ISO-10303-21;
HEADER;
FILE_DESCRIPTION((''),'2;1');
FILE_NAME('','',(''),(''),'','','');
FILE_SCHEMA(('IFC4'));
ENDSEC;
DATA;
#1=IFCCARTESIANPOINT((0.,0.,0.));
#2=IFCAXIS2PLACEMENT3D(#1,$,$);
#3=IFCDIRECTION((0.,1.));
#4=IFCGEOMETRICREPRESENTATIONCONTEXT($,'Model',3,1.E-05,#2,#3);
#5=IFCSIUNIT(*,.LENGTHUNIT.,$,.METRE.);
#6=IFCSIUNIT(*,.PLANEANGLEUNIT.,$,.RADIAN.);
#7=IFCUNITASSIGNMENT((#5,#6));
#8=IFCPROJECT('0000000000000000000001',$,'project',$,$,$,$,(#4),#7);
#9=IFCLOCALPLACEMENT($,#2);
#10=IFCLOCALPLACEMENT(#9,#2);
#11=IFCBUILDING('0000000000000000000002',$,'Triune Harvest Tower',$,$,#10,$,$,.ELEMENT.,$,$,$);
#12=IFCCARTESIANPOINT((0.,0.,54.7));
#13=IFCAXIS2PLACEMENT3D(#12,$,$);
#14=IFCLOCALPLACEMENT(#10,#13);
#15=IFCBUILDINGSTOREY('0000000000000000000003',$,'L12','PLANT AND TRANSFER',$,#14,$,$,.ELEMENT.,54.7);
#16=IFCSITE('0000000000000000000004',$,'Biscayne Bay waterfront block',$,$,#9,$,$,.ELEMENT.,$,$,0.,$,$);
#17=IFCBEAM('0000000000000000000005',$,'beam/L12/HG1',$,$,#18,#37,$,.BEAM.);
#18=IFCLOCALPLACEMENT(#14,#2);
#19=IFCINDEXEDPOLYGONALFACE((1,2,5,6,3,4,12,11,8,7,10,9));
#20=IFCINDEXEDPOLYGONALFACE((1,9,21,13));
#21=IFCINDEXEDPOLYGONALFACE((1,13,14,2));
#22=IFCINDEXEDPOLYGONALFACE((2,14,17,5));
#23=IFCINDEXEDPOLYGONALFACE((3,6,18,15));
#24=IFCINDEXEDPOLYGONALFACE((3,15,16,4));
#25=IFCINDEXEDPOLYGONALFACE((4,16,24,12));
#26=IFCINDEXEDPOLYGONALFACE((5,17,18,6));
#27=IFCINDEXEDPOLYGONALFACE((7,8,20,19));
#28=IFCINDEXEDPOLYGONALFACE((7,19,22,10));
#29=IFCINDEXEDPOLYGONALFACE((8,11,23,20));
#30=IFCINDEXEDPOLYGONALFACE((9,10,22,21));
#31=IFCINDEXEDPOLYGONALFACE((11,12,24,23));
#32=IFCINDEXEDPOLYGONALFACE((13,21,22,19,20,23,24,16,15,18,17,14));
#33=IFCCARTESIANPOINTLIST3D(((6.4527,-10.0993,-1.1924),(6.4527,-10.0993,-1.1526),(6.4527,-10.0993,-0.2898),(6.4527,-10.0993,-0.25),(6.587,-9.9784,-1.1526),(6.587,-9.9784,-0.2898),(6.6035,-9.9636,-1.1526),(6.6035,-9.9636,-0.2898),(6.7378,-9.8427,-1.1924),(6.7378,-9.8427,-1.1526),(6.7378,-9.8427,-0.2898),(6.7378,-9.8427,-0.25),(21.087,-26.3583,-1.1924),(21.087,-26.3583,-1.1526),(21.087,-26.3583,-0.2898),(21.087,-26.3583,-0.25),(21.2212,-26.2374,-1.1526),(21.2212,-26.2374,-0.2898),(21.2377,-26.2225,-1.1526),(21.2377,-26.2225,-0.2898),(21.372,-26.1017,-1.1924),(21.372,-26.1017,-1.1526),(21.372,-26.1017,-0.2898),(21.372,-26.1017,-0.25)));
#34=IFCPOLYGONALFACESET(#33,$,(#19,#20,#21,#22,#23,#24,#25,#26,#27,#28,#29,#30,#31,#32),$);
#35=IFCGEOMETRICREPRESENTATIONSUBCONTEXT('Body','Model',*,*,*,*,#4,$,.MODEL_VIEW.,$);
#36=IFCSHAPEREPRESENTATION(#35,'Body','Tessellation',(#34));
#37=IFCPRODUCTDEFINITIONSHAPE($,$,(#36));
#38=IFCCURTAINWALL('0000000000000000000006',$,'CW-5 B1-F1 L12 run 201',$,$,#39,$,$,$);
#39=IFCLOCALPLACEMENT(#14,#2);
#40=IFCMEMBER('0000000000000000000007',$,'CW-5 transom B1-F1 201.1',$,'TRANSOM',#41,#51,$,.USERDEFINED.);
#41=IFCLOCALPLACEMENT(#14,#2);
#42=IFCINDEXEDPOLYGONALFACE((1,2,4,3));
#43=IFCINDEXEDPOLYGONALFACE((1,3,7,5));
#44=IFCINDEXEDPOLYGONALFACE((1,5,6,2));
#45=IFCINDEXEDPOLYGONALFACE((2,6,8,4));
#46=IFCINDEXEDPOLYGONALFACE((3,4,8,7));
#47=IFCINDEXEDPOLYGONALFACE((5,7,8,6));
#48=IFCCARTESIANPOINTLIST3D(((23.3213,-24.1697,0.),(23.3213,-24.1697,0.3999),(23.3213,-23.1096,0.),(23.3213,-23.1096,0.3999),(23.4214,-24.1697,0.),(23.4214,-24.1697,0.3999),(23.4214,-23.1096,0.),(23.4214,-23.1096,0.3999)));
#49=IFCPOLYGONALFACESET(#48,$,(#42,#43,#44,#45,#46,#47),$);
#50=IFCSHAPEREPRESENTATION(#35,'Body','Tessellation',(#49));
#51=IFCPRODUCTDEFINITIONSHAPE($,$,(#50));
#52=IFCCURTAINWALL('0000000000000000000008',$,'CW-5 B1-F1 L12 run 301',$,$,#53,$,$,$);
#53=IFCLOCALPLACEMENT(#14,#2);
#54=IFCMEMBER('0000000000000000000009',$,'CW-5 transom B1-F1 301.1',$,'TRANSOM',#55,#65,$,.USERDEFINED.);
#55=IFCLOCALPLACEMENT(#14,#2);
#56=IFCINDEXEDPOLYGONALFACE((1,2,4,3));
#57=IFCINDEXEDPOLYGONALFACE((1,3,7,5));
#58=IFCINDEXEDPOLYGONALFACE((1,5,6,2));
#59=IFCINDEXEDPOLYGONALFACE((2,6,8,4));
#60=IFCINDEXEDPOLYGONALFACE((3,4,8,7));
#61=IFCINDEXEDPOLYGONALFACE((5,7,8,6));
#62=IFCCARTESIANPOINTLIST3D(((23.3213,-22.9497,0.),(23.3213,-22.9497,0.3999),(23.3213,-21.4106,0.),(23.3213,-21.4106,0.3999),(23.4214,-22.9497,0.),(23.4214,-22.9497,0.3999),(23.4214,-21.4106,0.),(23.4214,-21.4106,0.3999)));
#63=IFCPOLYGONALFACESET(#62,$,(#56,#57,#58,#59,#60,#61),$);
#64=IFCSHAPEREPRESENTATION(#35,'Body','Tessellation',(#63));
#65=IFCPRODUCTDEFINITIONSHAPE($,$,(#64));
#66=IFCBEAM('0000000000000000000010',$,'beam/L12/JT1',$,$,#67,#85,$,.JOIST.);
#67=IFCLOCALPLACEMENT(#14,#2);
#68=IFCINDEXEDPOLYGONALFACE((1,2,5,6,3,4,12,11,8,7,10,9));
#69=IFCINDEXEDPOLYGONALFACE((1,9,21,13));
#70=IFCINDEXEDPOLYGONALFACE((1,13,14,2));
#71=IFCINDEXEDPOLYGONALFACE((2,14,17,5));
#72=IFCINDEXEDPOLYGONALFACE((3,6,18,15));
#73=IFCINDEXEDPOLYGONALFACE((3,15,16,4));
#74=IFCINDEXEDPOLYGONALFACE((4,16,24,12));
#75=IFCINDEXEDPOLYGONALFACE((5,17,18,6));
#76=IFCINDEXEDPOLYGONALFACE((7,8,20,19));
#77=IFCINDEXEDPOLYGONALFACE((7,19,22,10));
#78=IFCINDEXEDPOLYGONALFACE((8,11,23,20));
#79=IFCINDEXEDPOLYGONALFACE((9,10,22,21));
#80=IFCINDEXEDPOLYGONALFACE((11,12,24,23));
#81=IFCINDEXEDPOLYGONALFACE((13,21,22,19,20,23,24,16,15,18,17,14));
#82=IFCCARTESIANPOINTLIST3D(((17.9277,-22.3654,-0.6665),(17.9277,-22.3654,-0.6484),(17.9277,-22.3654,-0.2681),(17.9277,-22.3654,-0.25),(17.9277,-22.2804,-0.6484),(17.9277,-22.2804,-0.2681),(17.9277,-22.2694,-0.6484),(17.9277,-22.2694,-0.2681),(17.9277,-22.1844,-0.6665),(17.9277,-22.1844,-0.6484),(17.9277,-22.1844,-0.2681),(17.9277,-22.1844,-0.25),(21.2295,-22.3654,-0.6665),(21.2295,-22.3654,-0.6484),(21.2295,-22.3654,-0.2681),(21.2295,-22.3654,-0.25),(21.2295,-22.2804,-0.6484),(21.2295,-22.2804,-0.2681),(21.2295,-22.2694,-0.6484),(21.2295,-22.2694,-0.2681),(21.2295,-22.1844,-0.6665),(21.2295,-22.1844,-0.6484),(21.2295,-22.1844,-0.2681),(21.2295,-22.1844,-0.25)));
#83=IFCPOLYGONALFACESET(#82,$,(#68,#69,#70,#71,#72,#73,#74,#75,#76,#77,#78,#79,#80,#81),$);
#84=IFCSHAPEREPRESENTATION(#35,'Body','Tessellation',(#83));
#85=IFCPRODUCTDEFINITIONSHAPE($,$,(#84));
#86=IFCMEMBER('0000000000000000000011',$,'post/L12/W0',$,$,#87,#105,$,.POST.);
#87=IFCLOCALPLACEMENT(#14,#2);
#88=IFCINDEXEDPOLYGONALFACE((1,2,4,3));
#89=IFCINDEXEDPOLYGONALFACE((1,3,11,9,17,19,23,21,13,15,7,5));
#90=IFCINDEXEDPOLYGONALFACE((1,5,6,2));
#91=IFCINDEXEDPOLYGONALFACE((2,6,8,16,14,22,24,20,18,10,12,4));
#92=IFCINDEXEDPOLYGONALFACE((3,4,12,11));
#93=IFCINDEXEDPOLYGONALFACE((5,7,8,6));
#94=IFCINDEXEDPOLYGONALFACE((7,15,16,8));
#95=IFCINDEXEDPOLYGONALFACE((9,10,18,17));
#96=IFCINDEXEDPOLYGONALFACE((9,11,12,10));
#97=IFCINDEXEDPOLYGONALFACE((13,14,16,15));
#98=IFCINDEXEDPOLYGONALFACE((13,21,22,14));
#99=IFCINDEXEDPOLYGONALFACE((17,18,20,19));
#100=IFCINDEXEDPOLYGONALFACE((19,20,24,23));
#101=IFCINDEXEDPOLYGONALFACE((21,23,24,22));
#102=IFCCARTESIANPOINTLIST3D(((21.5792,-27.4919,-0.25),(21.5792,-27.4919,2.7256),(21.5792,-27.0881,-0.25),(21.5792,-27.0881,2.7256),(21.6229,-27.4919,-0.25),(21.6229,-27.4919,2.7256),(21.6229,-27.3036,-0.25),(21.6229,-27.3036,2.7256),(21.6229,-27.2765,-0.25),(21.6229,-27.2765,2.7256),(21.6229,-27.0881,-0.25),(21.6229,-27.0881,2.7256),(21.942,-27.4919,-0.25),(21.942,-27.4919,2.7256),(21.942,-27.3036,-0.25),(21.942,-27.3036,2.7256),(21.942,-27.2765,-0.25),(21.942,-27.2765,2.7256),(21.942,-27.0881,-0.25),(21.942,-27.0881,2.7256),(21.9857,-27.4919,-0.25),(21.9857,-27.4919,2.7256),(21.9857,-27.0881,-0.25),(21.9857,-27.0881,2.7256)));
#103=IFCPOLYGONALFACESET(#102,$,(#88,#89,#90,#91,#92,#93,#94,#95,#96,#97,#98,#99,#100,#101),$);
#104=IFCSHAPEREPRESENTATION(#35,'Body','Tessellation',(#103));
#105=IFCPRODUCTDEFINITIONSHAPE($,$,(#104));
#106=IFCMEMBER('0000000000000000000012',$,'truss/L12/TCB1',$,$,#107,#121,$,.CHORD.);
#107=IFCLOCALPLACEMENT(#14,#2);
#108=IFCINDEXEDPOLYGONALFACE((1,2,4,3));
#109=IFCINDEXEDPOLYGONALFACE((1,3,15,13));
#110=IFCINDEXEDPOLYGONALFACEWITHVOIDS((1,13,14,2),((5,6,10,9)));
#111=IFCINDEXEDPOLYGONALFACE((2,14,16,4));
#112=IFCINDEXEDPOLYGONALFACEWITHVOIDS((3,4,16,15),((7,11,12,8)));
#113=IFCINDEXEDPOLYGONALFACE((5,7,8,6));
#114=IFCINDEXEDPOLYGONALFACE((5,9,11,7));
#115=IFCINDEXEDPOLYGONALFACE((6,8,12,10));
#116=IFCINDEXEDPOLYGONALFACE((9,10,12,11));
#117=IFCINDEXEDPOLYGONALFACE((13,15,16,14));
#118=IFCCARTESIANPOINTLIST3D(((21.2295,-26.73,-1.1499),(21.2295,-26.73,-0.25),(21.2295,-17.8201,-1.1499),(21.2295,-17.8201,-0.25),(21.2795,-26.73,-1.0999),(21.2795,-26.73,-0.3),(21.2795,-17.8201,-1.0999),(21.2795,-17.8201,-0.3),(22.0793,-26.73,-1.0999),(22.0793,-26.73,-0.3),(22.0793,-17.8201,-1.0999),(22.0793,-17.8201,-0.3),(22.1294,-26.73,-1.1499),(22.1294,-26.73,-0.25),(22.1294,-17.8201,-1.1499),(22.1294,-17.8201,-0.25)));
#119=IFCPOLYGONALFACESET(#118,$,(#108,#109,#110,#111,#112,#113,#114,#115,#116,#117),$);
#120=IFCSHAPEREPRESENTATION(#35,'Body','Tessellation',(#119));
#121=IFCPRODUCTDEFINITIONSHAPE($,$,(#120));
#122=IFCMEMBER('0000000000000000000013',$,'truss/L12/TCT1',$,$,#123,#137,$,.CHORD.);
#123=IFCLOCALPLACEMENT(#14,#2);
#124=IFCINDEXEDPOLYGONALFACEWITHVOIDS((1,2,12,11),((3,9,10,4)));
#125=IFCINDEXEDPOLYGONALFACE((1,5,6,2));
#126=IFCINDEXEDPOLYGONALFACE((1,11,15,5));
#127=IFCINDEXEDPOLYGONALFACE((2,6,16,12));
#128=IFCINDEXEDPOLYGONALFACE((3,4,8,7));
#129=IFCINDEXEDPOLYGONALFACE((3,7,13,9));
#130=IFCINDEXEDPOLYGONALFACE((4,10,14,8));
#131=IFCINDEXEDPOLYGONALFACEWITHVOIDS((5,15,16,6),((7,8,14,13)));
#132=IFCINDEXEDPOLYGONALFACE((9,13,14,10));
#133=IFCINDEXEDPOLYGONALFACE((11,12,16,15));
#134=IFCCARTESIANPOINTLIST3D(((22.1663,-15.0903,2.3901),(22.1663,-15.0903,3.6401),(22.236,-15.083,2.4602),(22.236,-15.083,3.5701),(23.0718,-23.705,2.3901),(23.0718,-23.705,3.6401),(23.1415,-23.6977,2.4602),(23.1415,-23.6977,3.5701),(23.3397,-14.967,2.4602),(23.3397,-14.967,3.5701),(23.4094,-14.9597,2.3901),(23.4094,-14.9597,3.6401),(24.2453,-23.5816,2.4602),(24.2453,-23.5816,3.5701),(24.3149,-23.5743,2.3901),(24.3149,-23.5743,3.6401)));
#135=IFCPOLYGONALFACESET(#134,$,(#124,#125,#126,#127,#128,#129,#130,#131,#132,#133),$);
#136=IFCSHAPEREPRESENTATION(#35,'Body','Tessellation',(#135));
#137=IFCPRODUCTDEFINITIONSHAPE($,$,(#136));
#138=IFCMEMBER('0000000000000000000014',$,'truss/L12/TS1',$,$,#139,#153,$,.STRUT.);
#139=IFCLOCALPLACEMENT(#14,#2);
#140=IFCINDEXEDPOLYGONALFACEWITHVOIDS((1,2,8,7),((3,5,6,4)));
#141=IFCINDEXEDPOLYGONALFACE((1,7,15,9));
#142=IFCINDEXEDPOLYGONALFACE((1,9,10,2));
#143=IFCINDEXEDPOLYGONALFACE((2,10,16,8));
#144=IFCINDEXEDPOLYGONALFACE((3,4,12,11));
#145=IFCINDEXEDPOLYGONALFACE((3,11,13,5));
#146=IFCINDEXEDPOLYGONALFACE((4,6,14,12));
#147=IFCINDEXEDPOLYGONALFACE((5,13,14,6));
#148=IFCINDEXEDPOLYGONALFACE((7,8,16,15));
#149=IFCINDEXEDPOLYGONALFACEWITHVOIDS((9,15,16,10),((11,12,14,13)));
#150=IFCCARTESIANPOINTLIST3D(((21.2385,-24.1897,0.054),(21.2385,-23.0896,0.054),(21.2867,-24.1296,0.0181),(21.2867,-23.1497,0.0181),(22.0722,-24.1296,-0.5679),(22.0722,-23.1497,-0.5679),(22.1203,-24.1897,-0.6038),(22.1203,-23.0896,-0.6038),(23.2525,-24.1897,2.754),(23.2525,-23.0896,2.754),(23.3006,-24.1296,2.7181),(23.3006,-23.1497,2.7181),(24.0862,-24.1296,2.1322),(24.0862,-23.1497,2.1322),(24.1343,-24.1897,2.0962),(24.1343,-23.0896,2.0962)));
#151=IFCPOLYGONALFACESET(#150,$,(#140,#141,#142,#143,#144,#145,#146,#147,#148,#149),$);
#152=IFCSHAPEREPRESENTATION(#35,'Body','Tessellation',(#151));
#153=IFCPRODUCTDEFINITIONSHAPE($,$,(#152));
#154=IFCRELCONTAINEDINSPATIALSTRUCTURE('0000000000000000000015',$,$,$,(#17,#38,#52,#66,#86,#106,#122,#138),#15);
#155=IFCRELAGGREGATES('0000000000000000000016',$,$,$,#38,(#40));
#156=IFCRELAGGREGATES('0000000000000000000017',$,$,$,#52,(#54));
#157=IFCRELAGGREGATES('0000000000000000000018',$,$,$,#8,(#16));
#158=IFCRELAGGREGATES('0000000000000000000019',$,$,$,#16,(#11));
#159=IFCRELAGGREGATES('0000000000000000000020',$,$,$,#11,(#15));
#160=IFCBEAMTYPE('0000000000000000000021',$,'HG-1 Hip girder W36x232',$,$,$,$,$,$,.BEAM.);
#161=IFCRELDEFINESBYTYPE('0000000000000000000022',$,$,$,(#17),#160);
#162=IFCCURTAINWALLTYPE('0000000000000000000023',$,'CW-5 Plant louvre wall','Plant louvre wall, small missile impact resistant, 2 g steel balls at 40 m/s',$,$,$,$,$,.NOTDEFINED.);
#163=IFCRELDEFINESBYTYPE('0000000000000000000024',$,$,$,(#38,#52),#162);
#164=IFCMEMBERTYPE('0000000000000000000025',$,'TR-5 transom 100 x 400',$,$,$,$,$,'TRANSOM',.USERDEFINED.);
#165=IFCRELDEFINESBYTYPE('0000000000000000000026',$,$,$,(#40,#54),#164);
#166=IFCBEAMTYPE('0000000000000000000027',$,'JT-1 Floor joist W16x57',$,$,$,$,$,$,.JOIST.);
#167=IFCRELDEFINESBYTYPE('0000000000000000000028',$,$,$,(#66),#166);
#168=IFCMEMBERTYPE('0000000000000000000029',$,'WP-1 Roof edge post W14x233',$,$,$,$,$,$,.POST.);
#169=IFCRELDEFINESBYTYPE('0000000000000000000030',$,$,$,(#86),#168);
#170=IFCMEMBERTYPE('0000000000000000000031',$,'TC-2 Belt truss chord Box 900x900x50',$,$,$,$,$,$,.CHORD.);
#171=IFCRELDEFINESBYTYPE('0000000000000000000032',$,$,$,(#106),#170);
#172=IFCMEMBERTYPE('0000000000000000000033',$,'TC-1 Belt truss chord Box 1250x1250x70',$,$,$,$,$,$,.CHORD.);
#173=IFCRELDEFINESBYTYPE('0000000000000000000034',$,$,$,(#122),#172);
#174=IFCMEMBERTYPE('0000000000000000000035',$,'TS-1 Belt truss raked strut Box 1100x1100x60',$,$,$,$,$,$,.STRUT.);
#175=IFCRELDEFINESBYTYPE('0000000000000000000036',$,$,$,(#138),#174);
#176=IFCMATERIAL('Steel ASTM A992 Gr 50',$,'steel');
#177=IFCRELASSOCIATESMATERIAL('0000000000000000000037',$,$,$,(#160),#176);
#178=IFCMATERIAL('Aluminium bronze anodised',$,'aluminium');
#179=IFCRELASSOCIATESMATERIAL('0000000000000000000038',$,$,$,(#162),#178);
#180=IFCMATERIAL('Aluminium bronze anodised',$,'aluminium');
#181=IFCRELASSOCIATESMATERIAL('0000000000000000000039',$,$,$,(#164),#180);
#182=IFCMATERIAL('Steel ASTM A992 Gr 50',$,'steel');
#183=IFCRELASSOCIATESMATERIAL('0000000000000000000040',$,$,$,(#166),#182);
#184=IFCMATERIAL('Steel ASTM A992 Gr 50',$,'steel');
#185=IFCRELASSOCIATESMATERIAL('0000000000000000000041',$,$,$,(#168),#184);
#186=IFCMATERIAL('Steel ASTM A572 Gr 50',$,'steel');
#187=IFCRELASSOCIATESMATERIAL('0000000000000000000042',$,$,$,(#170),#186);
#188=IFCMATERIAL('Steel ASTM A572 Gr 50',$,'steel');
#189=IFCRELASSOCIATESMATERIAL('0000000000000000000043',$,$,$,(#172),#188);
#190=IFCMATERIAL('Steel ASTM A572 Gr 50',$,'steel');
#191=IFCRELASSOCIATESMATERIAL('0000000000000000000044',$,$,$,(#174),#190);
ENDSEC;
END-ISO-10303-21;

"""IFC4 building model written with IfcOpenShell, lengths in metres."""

from ifc_helpers import new_model, si_unit, direction, frame, origin, origin_2d, place, context, subcontext, project, spatial, rectangle, hollow_rectangle, i_section, extrude, source, transform, mapped, material, material_profile, profile_set, type_object, element, aggregate, save


model = new_model("IFC4")

# Units and contexts
model_context = context("Model", 3, precision=1e-05, world=origin(), true_north=direction((0.0, 1.0)))
body_context = subcontext(model_context, "Body", "Model", "MODEL_VIEW")
ifc_project = project(units=[si_unit("LENGTHUNIT", "METRE"), si_unit("PLANEANGLEUNIT", "RADIAN")], contexts=[model_context])

# Site, building, storey
site_placement = place(None, origin())
site = spatial("IfcSite", under=ifc_project, at=site_placement, Name="Biscayne Bay waterfront block", CompositionType="ELEMENT", RefElevation=0.0)
building_placement = place(site_placement, origin())
building = spatial("IfcBuilding", under=site, at=building_placement, Name="Triune Harvest Tower", CompositionType="ELEMENT")
storey_placement = place(building_placement, frame((0.0, 0.0, 54.7)))
storey = spatial("IfcBuildingStorey", under=building, at=storey_placement, Name="L12", Description="PLANT AND TRANSFER", CompositionType="ELEMENT", Elevation=54.7)

# Beam
ifc_material_1 = material(Name="Steel ASTM A992 Gr 50", Category="steel")
ifc_material_profile_1 = material_profile(ifc_material_1, i_section(OverallWidth=0.3835, OverallDepth=0.9424, WebThickness=0.0222, FlangeThickness=0.0398, at=origin_2d()), Name="W36x232")
ifc_profile_set_1 = profile_set([ifc_material_profile_1], Name="Steel ASTM A992 Gr 50")
beam_type_1 = type_object("IfcBeamType", Name="HG-1 Hip girder W36x232", PredefinedType="BEAM", material=ifc_profile_set_1)
beam_1_placement = place(storey_placement, frame((21.2295, -26.23, -0.7212), z_axis=(-0.668994, 0.743268, 0.0), x_axis=(-0.743268, -0.668994, 0.0)))
element("IfcBeam", 1, at=beam_1_placement, inside=storey, type_object=beam_type_1, Name="beam/L12/HG1", PredefinedType="BEAM", context=body_context, shape_type="SweptSolid", body=[
    extrude(i_section(OverallWidth=0.3835, OverallDepth=0.9424, WebThickness=0.0222, FlangeThickness=0.0398, at=origin_2d()), origin(), (0.0, 0.0, 1.0), 21.875),
])

# Curtain walls, members
ifc_material_2 = material(Name="Aluminium bronze anodised", Category="aluminium")
curtain_wall_type = type_object("IfcCurtainWallType", Name="CW-5 Plant louvre wall", Description="Plant louvre wall, small missile impact resistant, 2 g steel balls at 40 m/s", PredefinedType="NOTDEFINED", material=ifc_material_2)
curtain_wall_1_placement = place(storey_placement, origin())
curtain_wall_1 = element("IfcCurtainWall", 2, at=curtain_wall_1_placement, inside=storey, type_object=curtain_wall_type, Name="CW-5 B1-F1 L12 run 201")
ifc_material_3 = material(Name="Aluminium bronze anodised", Category="aluminium")
ifc_material_profile_2 = material_profile(ifc_material_3, rectangle(XDim=0.1001, YDim=0.3999, at=origin_2d()), Name="TR-5 transom 100 x 400")
ifc_profile_set_2 = profile_set([ifc_material_profile_2], Name="Aluminium bronze anodised")
member_type_1 = type_object("IfcMemberType", Name="TR-5 transom 100 x 400", ElementType="TRANSOM", PredefinedType="USERDEFINED", material=ifc_profile_set_2)
member_1_placement = place(storey_placement, frame((23.3713, -24.1697, 0.2), z_axis=(0.0, 1.0, 0.0), x_axis=(-1.0, 0.0, 0.0)))
member_1 = element("IfcMember", 3, at=member_1_placement, type_object=member_type_1, Name="CW-5 transom B1-F1 201.1", ObjectType="TRANSOM", PredefinedType="USERDEFINED", context=body_context, shape_type="SweptSolid", body=[
    extrude(rectangle(XDim=0.1001, YDim=0.3999, at=origin_2d()), origin(), (0.0, 0.0, 1.0), 1.0601),
])
curtain_wall_2_placement = place(storey_placement, origin())
curtain_wall_2 = element("IfcCurtainWall", 4, at=curtain_wall_2_placement, inside=storey, type_object=curtain_wall_type, Name="CW-5 B1-F1 L12 run 301")
member_2_placement = place(storey_placement, frame((23.3713, -22.9497, 0.2), z_axis=(0.0, 1.0, 0.0), x_axis=(-1.0, 0.0, 0.0)))
member_2 = element("IfcMember", 5, at=member_2_placement, type_object=member_type_1, Name="CW-5 transom B1-F1 301.1", ObjectType="TRANSOM", PredefinedType="USERDEFINED", context=body_context, shape_type="SweptSolid", body=[
    extrude(rectangle(XDim=0.1001, YDim=0.3999, at=origin_2d()), origin(), (0.0, 0.0, 1.0), 1.5391),
])

# Beam
ifc_material_4 = material(Name="Steel ASTM A992 Gr 50", Category="steel")
ifc_material_profile_3 = material_profile(ifc_material_4, i_section(OverallWidth=0.1809, OverallDepth=0.4165, WebThickness=0.011, FlangeThickness=0.0181, at=origin_2d()), Name="W16x57")
ifc_profile_set_3 = profile_set([ifc_material_profile_3], Name="Steel ASTM A992 Gr 50")
beam_type_2 = type_object("IfcBeamType", Name="JT-1 Floor joist W16x57", PredefinedType="JOIST", material=ifc_profile_set_3)
shared_shape_1 = source(origin(), body_context, "Body", "SweptSolid", [
    extrude(i_section(OverallWidth=0.1809, OverallDepth=0.4165, WebThickness=0.011, FlangeThickness=0.0181, at=origin_2d()), origin(), (0.0, 0.0, 1.0), 3.3018),
])
beam_2_placement = place(storey_placement, frame((21.2295, -22.2749, -0.4583), z_axis=(-1.0, 0.0, 0.0), x_axis=(0.0, -1.0, 0.0)))
element("IfcBeam", 6, at=beam_2_placement, inside=storey, type_object=beam_type_2, Name="beam/L12/JT1", PredefinedType="JOIST", context=body_context, shape_type="MappedRepresentation", body=[
    mapped(shared_shape_1, transform((0.0, 0.0, 0.0), scale=1.0)),
])

# Members
ifc_material_5 = material(Name="Steel ASTM A992 Gr 50", Category="steel")
ifc_material_profile_4 = material_profile(ifc_material_5, i_section(OverallWidth=0.4038, OverallDepth=0.4065, WebThickness=0.0271, FlangeThickness=0.0437, at=origin_2d()), Name="W14x233")
ifc_profile_set_4 = profile_set([ifc_material_profile_4], Name="Steel ASTM A992 Gr 50")
member_type_2 = type_object("IfcMemberType", Name="WP-1 Roof edge post W14x233", PredefinedType="POST", material=ifc_profile_set_4)
shared_shape_2 = source(origin(), body_context, "Body", "SweptSolid", [
    extrude(i_section(OverallWidth=0.4038, OverallDepth=0.4065, WebThickness=0.0271, FlangeThickness=0.0437, at=origin_2d()), origin(), (0.0, 0.0, 1.0), 2.9756),
])
member_3_placement = place(storey_placement, frame((21.7825, -27.29, -0.25), z_axis=(0.0, 0.0, 1.0), x_axis=(0.0, 1.0, 0.0)))
element("IfcMember", 7, at=member_3_placement, inside=storey, type_object=member_type_2, Name="post/L12/W0", PredefinedType="POST", context=body_context, shape_type="MappedRepresentation", body=[
    mapped(shared_shape_2, transform((0.0, 0.0, 0.0), scale=1.0)),
])
ifc_material_6 = material(Name="Steel ASTM A572 Gr 50", Category="steel")
ifc_material_profile_5 = material_profile(ifc_material_6, hollow_rectangle(XDim=0.8999, YDim=0.8999, WallThickness=0.05, at=origin_2d()), Name="Box 900x900x50")
ifc_profile_set_5 = profile_set([ifc_material_profile_5], Name="Steel ASTM A572 Gr 50")
member_type_3 = type_object("IfcMemberType", Name="TC-2 Belt truss chord Box 900x900x50", PredefinedType="CHORD", material=ifc_profile_set_5)
shared_shape_3 = source(origin(), body_context, "Body", "SweptSolid", [
    extrude(hollow_rectangle(XDim=0.8999, YDim=0.8999, WallThickness=0.05, at=origin_2d()), origin(), (0.0, 0.0, 1.0), 8.9099),
])
member_4_placement = place(storey_placement, frame((21.6794, -26.73, -0.7), z_axis=(0.0, 1.0, 0.0), x_axis=(-1.0, 0.0, 0.0)))
element("IfcMember", 8, at=member_4_placement, inside=storey, type_object=member_type_3, Name="truss/L12/TCB1", PredefinedType="CHORD", context=body_context, shape_type="MappedRepresentation", body=[
    mapped(shared_shape_3, transform((0.0, 0.0, 0.0), scale=1.0)),
])
ifc_material_7 = material(Name="Steel ASTM A572 Gr 50", Category="steel")
ifc_material_profile_6 = material_profile(ifc_material_7, hollow_rectangle(XDim=1.25, YDim=1.25, WallThickness=0.0701, at=origin_2d()), Name="Box 1250x1250x70")
ifc_profile_set_6 = profile_set([ifc_material_profile_6], Name="Steel ASTM A572 Gr 50")
member_type_4 = type_object("IfcMemberType", Name="TC-1 Belt truss chord Box 1250x1250x70", PredefinedType="CHORD", material=ifc_profile_set_6)
shared_shape_4 = source(origin(), body_context, "Body", "SweptSolid", [
    extrude(hollow_rectangle(XDim=1.25, YDim=1.25, WallThickness=0.0701, at=origin_2d()), origin(), (0.0, 0.0, 1.0), 8.6621),
])
member_5_placement = place(storey_placement, frame((23.6934, -23.6396, 3.0151), z_axis=(-0.104537, 0.994521, 0.0), x_axis=(-0.994521, -0.104537, 0.0)))
element("IfcMember", 9, at=member_5_placement, inside=storey, type_object=member_type_4, Name="truss/L12/TCT1", PredefinedType="CHORD", context=body_context, shape_type="MappedRepresentation", body=[
    mapped(shared_shape_4, transform((0.0, 0.0, 0.0), scale=1.0)),
])
ifc_material_8 = material(Name="Steel ASTM A572 Gr 50", Category="steel")
ifc_material_profile_7 = material_profile(ifc_material_8, hollow_rectangle(XDim=1.1001, YDim=1.1001, WallThickness=0.0601, at=origin_2d()), Name="Box 1100x1100x60")
ifc_profile_set_7 = profile_set([ifc_material_profile_7], Name="Steel ASTM A572 Gr 50")
member_type_5 = type_object("IfcMemberType", Name="TS-1 Belt truss raked strut Box 1100x1100x60", PredefinedType="STRUT", material=ifc_profile_set_7)
shared_shape_5 = source(origin(), body_context, "Body", "SweptSolid", [
    extrude(hollow_rectangle(XDim=1.1001, YDim=1.1001, WallThickness=0.0601, at=origin_2d()), origin(), (0.0, 0.0, 1.0), 3.3684),
])
member_6_placement = place(storey_placement, frame((21.6794, -23.6396, -0.2749), z_axis=(0.597899, 0.0, 0.801572), x_axis=(0.0, 1.0, 0.0)))
element("IfcMember", 10, at=member_6_placement, inside=storey, type_object=member_type_5, Name="truss/L12/TS1", PredefinedType="STRUT", context=body_context, shape_type="MappedRepresentation", body=[
    mapped(shared_shape_5, transform((0.0, 0.0, 0.0), scale=1.0)),
])

aggregate(curtain_wall_1, [member_1])
aggregate(curtain_wall_2, [member_2])

save(model, "model.ifc")
